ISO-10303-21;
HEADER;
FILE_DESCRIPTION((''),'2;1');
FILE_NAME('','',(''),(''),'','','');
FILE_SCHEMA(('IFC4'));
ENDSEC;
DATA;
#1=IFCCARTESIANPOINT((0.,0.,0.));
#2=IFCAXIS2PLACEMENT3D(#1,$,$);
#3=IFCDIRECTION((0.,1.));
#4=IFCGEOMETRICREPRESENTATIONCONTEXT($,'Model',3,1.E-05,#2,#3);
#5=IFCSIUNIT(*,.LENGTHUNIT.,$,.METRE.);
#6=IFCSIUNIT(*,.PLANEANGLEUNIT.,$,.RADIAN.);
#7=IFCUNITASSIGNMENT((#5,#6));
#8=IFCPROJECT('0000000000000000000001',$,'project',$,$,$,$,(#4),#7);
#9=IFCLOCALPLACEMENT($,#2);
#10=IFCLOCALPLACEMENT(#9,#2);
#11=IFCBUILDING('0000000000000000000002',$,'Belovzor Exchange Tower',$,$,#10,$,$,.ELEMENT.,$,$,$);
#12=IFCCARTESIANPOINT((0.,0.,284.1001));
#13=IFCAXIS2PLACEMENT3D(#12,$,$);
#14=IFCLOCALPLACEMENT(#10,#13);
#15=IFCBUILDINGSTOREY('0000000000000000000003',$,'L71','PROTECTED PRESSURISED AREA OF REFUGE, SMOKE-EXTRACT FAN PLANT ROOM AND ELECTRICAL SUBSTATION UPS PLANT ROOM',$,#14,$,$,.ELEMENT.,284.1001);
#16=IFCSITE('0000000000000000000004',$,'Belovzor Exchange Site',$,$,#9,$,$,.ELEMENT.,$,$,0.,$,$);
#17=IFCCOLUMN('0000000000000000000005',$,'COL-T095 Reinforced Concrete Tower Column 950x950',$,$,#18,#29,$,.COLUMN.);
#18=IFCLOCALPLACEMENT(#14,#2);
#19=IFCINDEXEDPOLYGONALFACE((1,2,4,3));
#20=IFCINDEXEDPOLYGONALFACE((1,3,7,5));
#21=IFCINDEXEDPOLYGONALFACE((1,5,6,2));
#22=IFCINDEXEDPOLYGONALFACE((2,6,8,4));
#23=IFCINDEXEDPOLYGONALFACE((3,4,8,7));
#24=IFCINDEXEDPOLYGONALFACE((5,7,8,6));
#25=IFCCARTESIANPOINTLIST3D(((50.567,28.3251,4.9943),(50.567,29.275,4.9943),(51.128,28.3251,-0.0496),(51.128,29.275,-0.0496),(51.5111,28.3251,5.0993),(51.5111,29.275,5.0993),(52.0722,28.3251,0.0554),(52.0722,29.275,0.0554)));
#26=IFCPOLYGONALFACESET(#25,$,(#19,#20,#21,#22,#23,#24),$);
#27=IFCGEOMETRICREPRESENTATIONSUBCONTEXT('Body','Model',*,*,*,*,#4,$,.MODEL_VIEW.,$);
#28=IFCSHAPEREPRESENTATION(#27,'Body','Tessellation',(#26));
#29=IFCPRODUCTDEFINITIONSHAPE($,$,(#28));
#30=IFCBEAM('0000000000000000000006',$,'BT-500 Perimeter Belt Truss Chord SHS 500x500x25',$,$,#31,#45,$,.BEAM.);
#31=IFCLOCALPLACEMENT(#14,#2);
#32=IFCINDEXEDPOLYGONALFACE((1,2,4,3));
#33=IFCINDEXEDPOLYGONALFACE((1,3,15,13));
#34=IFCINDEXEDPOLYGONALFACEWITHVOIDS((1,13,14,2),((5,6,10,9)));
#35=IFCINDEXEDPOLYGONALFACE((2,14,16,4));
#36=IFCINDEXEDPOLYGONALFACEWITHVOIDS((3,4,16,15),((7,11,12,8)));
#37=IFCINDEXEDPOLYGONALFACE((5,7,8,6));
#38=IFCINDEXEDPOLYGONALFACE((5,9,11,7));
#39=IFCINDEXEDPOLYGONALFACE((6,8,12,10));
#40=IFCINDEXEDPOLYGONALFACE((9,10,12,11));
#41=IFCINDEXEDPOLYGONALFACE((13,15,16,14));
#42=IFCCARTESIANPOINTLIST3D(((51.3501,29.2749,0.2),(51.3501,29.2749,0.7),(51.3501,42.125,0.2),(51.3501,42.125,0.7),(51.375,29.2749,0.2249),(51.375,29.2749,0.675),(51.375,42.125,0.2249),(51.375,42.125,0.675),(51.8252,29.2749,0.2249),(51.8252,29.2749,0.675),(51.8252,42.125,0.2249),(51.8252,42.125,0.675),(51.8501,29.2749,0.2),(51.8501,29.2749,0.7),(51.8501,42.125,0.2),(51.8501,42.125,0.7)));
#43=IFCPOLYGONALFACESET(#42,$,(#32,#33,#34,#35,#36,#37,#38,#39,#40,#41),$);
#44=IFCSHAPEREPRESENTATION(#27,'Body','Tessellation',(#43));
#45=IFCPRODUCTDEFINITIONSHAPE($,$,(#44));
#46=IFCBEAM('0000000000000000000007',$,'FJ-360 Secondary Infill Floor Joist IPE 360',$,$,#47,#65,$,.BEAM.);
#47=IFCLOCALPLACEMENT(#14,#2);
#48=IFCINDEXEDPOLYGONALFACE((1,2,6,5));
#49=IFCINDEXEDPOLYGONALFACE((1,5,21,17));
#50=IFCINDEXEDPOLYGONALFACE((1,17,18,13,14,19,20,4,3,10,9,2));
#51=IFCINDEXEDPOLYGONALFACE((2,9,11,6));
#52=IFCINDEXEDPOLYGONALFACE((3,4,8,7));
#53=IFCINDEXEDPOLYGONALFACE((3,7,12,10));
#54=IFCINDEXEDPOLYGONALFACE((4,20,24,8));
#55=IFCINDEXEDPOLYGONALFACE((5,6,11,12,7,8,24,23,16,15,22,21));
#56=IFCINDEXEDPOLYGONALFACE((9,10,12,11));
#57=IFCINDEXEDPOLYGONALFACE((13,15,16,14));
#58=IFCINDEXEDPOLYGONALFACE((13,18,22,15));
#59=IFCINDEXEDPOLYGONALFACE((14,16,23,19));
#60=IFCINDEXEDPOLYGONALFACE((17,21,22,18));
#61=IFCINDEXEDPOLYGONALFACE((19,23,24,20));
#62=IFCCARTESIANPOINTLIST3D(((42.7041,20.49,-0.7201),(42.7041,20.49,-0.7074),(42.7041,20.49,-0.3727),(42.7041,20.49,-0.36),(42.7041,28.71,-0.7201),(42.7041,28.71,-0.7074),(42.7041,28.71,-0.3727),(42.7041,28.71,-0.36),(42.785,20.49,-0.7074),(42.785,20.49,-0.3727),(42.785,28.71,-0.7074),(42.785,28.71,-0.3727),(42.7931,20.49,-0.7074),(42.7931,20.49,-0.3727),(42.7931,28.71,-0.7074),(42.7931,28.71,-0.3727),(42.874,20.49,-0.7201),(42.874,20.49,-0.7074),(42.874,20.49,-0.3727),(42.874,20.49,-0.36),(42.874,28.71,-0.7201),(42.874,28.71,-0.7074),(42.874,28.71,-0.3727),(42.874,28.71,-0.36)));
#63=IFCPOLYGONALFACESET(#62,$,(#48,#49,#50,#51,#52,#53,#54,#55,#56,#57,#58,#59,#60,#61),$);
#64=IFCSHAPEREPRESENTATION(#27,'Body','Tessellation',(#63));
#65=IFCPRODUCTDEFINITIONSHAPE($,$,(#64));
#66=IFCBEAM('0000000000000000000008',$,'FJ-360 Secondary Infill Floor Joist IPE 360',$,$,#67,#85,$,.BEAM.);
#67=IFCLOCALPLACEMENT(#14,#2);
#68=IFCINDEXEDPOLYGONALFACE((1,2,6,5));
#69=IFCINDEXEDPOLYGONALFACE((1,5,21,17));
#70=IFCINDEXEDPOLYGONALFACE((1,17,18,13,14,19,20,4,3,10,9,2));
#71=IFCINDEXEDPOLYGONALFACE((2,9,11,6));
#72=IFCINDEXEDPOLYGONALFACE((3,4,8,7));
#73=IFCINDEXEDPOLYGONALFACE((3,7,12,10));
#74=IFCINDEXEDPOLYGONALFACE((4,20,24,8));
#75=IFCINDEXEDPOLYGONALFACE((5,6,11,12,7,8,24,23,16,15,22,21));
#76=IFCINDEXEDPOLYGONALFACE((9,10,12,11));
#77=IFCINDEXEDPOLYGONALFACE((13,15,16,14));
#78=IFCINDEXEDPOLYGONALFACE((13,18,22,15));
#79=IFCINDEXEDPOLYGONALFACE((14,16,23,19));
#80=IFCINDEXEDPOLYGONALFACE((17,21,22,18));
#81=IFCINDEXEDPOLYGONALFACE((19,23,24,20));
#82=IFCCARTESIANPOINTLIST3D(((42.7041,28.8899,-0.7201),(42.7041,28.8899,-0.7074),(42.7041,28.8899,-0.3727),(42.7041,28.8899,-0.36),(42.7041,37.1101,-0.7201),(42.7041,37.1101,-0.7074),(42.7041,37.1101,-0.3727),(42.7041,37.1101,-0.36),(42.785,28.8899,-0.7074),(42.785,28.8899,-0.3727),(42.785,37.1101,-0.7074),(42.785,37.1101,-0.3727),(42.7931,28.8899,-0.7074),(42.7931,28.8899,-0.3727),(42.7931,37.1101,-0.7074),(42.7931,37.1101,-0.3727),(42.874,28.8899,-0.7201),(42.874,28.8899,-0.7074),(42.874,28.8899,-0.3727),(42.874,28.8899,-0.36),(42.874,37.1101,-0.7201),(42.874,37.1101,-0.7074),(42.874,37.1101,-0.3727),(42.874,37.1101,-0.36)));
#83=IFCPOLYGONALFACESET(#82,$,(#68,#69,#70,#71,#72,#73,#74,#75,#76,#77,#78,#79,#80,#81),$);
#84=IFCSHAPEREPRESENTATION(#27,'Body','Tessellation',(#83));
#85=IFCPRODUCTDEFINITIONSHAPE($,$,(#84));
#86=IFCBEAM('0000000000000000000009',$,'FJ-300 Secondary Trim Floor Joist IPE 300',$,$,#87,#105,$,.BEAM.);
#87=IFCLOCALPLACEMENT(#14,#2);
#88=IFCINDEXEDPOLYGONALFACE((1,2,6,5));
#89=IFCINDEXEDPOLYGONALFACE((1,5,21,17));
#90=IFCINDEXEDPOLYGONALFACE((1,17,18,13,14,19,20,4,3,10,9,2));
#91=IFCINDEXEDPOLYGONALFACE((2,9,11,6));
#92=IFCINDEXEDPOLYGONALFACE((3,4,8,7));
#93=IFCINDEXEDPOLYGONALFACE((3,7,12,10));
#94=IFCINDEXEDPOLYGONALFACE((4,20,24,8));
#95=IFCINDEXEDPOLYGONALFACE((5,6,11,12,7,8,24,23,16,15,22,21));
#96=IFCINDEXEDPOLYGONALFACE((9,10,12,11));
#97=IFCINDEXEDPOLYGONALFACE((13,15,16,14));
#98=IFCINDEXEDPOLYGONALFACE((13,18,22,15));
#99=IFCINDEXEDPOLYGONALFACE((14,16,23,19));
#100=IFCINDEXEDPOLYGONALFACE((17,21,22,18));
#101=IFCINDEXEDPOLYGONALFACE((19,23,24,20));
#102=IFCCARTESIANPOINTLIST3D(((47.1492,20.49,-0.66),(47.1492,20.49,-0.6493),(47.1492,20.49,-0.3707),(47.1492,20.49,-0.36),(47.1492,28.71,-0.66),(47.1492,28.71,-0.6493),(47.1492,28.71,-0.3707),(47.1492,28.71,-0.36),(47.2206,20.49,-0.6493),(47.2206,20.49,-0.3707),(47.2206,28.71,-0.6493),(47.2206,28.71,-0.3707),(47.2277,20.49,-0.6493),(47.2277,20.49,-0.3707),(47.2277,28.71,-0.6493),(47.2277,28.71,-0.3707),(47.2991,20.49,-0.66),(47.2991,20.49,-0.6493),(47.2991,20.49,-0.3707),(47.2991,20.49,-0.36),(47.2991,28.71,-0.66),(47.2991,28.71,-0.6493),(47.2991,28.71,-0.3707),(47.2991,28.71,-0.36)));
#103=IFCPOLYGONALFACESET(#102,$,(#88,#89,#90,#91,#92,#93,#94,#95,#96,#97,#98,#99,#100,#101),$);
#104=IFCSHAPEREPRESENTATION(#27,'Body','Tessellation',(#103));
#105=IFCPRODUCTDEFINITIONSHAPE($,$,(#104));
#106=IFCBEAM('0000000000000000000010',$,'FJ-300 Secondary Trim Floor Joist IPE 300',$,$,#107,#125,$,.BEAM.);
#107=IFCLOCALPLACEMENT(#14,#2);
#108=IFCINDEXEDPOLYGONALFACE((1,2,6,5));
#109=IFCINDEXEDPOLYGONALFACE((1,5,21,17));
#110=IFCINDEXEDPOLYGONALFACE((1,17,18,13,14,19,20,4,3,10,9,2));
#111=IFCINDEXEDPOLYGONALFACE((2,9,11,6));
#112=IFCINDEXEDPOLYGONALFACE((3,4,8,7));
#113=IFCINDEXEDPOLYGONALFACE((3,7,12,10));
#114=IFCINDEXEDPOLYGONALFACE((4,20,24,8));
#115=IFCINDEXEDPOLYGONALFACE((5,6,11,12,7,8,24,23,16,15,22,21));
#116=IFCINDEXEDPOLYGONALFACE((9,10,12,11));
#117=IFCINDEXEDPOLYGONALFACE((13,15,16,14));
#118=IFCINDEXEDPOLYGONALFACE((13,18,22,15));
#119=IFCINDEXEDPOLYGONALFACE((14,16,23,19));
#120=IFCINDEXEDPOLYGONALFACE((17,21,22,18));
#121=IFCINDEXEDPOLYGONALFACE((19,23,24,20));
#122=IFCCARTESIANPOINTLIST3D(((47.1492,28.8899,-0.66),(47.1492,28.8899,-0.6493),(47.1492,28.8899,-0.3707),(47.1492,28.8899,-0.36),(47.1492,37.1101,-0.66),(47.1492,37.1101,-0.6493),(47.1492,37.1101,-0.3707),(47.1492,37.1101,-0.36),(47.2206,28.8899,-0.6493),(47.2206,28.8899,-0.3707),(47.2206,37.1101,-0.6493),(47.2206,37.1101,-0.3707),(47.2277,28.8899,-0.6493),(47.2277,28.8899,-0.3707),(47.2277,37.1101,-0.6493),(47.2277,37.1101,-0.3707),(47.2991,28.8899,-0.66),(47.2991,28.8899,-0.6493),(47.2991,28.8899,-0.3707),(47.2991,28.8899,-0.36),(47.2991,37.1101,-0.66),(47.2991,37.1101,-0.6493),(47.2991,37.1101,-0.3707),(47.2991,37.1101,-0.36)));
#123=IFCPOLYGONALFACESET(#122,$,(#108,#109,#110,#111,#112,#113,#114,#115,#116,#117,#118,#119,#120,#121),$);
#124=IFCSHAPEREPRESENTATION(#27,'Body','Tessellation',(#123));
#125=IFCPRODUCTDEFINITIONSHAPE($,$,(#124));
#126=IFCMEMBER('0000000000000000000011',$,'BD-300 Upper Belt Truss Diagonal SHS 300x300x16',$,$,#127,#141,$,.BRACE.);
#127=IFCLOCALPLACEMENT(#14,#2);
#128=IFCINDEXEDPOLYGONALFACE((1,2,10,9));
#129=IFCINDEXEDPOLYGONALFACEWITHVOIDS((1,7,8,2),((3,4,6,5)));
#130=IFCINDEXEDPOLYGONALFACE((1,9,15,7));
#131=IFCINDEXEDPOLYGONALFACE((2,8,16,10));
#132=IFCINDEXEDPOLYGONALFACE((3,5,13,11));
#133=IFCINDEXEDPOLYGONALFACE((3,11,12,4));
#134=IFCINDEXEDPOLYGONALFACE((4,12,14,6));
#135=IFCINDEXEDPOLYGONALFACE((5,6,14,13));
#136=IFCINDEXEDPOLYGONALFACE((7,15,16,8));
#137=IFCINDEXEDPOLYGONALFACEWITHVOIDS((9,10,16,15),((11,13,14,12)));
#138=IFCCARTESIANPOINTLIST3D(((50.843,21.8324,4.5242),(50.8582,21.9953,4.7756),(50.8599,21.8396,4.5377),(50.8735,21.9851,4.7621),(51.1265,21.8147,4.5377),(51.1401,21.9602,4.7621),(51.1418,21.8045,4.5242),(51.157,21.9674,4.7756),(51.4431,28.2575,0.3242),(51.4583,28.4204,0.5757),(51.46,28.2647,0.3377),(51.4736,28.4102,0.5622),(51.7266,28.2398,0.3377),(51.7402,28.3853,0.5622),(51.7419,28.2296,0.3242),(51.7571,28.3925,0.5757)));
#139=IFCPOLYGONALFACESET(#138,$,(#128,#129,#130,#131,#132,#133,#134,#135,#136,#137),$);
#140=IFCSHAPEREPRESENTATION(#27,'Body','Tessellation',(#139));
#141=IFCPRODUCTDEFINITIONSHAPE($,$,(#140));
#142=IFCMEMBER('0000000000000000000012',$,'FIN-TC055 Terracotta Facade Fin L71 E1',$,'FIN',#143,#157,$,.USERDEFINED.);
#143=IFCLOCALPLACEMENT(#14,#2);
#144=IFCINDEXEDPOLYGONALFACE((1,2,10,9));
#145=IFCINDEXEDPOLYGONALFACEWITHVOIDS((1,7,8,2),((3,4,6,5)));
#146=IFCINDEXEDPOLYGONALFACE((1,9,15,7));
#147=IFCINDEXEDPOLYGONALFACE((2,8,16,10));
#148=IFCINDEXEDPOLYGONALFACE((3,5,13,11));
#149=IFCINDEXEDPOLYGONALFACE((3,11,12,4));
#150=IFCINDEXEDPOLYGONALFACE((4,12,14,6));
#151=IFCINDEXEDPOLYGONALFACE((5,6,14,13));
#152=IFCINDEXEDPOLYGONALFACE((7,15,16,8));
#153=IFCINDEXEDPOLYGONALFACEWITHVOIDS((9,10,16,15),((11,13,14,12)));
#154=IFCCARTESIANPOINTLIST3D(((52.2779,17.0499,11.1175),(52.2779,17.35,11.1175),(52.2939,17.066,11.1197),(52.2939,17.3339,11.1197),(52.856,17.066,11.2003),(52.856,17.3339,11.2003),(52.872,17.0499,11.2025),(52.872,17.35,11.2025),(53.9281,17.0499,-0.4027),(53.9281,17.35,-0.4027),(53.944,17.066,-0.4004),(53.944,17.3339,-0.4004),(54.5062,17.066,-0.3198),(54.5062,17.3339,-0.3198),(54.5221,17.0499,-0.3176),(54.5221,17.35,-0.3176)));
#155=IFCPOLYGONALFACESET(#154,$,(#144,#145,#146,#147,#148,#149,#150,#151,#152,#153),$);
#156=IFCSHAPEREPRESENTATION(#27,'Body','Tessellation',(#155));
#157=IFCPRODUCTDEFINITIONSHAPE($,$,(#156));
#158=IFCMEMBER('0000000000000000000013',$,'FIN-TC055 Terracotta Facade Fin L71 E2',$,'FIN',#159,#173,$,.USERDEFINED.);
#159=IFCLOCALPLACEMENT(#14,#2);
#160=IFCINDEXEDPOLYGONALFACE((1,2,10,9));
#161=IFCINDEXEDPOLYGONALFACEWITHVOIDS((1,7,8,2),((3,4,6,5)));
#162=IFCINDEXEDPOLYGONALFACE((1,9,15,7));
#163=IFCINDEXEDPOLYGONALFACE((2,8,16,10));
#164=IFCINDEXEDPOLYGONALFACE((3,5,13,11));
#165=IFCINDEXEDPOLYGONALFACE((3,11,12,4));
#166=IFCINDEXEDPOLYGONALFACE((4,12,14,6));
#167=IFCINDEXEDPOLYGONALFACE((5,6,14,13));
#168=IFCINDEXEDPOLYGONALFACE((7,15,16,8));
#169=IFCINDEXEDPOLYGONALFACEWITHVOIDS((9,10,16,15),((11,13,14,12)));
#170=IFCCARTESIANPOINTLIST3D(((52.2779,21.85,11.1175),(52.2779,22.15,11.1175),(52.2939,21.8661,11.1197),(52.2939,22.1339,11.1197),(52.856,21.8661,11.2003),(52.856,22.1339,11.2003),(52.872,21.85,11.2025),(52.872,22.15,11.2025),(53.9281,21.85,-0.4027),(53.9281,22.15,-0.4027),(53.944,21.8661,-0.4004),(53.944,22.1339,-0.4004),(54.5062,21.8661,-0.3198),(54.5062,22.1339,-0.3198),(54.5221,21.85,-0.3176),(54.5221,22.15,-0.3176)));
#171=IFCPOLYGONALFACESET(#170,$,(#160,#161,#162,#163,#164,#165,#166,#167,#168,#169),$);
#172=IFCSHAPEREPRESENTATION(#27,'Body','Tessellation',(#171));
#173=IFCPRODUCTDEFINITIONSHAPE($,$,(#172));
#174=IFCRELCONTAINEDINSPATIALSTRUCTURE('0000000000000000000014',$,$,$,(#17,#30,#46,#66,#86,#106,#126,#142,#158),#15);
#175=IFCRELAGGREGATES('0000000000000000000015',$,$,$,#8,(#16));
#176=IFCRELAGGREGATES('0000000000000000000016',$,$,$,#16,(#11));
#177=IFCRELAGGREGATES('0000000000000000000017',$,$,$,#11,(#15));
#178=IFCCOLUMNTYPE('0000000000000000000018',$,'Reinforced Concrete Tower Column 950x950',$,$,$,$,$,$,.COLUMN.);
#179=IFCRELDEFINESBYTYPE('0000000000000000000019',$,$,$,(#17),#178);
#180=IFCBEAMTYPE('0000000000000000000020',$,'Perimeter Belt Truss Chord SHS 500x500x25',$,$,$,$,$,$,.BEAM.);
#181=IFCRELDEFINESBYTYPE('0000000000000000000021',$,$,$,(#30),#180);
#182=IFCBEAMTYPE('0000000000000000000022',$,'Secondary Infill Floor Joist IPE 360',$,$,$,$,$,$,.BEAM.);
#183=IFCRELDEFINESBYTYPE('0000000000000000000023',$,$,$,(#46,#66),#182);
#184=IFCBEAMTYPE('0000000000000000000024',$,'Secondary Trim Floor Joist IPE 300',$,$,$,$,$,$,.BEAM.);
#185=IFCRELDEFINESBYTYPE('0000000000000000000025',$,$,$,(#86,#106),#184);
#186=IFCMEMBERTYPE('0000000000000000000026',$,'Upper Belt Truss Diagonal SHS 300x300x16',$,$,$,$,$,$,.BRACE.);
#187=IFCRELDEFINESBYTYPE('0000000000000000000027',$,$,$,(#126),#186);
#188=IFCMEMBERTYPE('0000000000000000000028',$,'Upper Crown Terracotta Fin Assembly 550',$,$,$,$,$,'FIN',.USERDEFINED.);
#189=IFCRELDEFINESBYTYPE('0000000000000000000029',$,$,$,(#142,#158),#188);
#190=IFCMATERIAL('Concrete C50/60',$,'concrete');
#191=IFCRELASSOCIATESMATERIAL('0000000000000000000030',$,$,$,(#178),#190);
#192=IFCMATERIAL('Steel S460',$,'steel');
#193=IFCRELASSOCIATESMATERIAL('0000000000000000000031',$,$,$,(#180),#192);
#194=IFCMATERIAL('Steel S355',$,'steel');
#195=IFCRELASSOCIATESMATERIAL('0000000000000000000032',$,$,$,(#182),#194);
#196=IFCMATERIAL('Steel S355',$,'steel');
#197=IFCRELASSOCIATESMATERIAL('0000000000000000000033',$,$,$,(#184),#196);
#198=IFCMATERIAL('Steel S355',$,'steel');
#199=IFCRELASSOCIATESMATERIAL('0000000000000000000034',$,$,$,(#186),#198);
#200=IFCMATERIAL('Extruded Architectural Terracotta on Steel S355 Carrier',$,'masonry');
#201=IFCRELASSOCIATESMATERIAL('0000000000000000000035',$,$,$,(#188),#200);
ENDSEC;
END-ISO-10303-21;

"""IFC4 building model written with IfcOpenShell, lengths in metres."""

from ifc_helpers import new_model, si_unit, direction, frame, origin, origin_2d, place, context, subcontext, project, spatial, rectangle, hollow_rectangle, i_section, extrude, material, material_profile, profile_set, type_object, element, save


model = new_model("IFC4")

# Units and contexts
model_context = context("Model", 3, precision=1e-05, world=origin(), true_north=direction((0.0, 1.0)))
body_context = subcontext(model_context, "Body", "Model", "MODEL_VIEW")
ifc_project = project(units=[si_unit("LENGTHUNIT", "METRE"), si_unit("PLANEANGLEUNIT", "RADIAN")], contexts=[model_context])

# Site, building, storey
site_placement = place(None, origin())
site = spatial("IfcSite", under=ifc_project, at=site_placement, Name="Belovzor Exchange Site", CompositionType="ELEMENT", RefElevation=0.0)
building_placement = place(site_placement, origin())
building = spatial("IfcBuilding", under=site, at=building_placement, Name="Belovzor Exchange Tower", CompositionType="ELEMENT")
storey_placement = place(building_placement, frame((0.0, 0.0, 284.1001)))
storey = spatial("IfcBuildingStorey", under=building, at=storey_placement, Name="L71", Description="PROTECTED PRESSURISED AREA OF REFUGE, SMOKE-EXTRACT FAN PLANT ROOM AND ELECTRICAL SUBSTATION UPS PLANT ROOM", CompositionType="ELEMENT", Elevation=284.1001)

# Column
ifc_material_1 = material(Name="Concrete C50/60", Category="concrete")
ifc_material_profile_1 = material_profile(ifc_material_1, rectangle(XDim=0.95, YDim=0.95, at=origin_2d()))
ifc_profile_set_1 = profile_set([ifc_material_profile_1], Name="Concrete C50/60")
column_type = type_object("IfcColumnType", Name="Reinforced Concrete Tower Column 950x950", PredefinedType="COLUMN", material=ifc_profile_set_1)
column_placement = place(storey_placement, frame((51.6001, 28.8, 0.0029), z_axis=(-0.110548, 0.0, 0.993871), x_axis=(0.0, -1.0, 0.0)))
element("IfcColumn", 1, at=column_placement, inside=storey, type_object=column_type, Name="COL-T095 Reinforced Concrete Tower Column 950x950", PredefinedType="COLUMN", context=body_context, shape_type="SweptSolid", body=[
    extrude(rectangle(XDim=0.95, YDim=0.95, at=origin_2d()), origin(), (0.0, 0.0, 1.0), 5.075),
])

# Beams
ifc_material_2 = material(Name="Steel S460", Category="steel")
ifc_material_profile_2 = material_profile(ifc_material_2, hollow_rectangle(XDim=0.5, YDim=0.5, WallThickness=0.0249, at=origin_2d()))
ifc_profile_set_2 = profile_set([ifc_material_profile_2], Name="Steel S460")
beam_type_1 = type_object("IfcBeamType", Name="Perimeter Belt Truss Chord SHS 500x500x25", PredefinedType="BEAM", material=ifc_profile_set_2)
beam_1_placement = place(storey_placement, frame((51.6001, 29.2749, 0.45), z_axis=(0.0, 1.0, 0.0), x_axis=(-1.0, 0.0, 0.0)))
element("IfcBeam", 2, at=beam_1_placement, inside=storey, type_object=beam_type_1, Name="BT-500 Perimeter Belt Truss Chord SHS 500x500x25", PredefinedType="BEAM", context=body_context, shape_type="SweptSolid", body=[
    extrude(hollow_rectangle(XDim=0.5, YDim=0.5, WallThickness=0.0249, at=origin_2d()), origin(), (0.0, 0.0, 1.0), 12.8501),
])
ifc_material_3 = material(Name="Steel S355", Category="steel")
ifc_material_profile_3 = material_profile(ifc_material_3, i_section(OverallWidth=0.1699, OverallDepth=0.3601, WebThickness=0.0081, FlangeThickness=0.0127, at=origin_2d()))
ifc_profile_set_3 = profile_set([ifc_material_profile_3], Name="Steel S355")
beam_type_2 = type_object("IfcBeamType", Name="Secondary Infill Floor Joist IPE 360", PredefinedType="BEAM", material=ifc_profile_set_3)
beam_2_placement = place(storey_placement, frame((42.7891, 20.49, -0.54), z_axis=(0.0, 1.0, 0.0), x_axis=(-1.0, 0.0, 0.0)))
element("IfcBeam", 3, at=beam_2_placement, inside=storey, type_object=beam_type_2, Name="FJ-360 Secondary Infill Floor Joist IPE 360", PredefinedType="BEAM", context=body_context, shape_type="SweptSolid", body=[
    extrude(i_section(OverallWidth=0.1699, OverallDepth=0.3601, WebThickness=0.0081, FlangeThickness=0.0127, at=origin_2d()), origin(), (0.0, 0.0, 1.0), 8.22),
])
beam_3_placement = place(storey_placement, frame((42.7891, 28.8899, -0.54), z_axis=(0.0, 1.0, 0.0), x_axis=(-1.0, 0.0, 0.0)))
element("IfcBeam", 4, at=beam_3_placement, inside=storey, type_object=beam_type_2, Name="FJ-360 Secondary Infill Floor Joist IPE 360", PredefinedType="BEAM", context=body_context, shape_type="SweptSolid", body=[
    extrude(i_section(OverallWidth=0.1699, OverallDepth=0.3601, WebThickness=0.0081, FlangeThickness=0.0127, at=origin_2d()), origin(), (0.0, 0.0, 1.0), 8.2202),
])
ifc_material_4 = material(Name="Steel S355", Category="steel")
ifc_material_profile_4 = material_profile(ifc_material_4, i_section(OverallWidth=0.1499, OverallDepth=0.3, WebThickness=0.0071, FlangeThickness=0.0107, at=origin_2d()))
ifc_profile_set_4 = profile_set([ifc_material_profile_4], Name="Steel S355")
beam_type_3 = type_object("IfcBeamType", Name="Secondary Trim Floor Joist IPE 300", PredefinedType="BEAM", material=ifc_profile_set_4)
beam_4_placement = place(storey_placement, frame((47.2241, 20.49, -0.51), z_axis=(0.0, 1.0, 0.0), x_axis=(-1.0, 0.0, 0.0)))
element("IfcBeam", 5, at=beam_4_placement, inside=storey, type_object=beam_type_3, Name="FJ-300 Secondary Trim Floor Joist IPE 300", PredefinedType="BEAM", context=body_context, shape_type="SweptSolid", body=[
    extrude(i_section(OverallWidth=0.1499, OverallDepth=0.3, WebThickness=0.0071, FlangeThickness=0.0107, at=origin_2d()), origin(), (0.0, 0.0, 1.0), 8.22),
])
beam_5_placement = place(storey_placement, frame((47.2241, 28.8899, -0.51), z_axis=(0.0, 1.0, 0.0), x_axis=(-1.0, 0.0, 0.0)))
element("IfcBeam", 6, at=beam_5_placement, inside=storey, type_object=beam_type_3, Name="FJ-300 Secondary Trim Floor Joist IPE 300", PredefinedType="BEAM", context=body_context, shape_type="SweptSolid", body=[
    extrude(i_section(OverallWidth=0.1499, OverallDepth=0.3, WebThickness=0.0071, FlangeThickness=0.0107, at=origin_2d()), origin(), (0.0, 0.0, 1.0), 8.2202),
])

# Members
ifc_material_5 = material(Name="Steel S355", Category="steel")
ifc_material_profile_5 = material_profile(ifc_material_5, hollow_rectangle(XDim=0.3, YDim=0.3, WallThickness=0.0161, at=origin_2d()))
ifc_profile_set_5 = profile_set([ifc_material_profile_5], Name="Steel S355")
member_type_1 = type_object("IfcMemberType", Name="Upper Belt Truss Diagonal SHS 300x300x16", PredefinedType="BRACE", material=ifc_profile_set_5)
member_placement = place(storey_placement, frame((51.0, 21.8999, 4.6499), z_axis=(0.077941, 0.834486, -0.54549), x_axis=(-0.995667, 0.092995, 0.0)))
element("IfcMember", 7, at=member_placement, inside=storey, type_object=member_type_1, Name="BD-300 Upper Belt Truss Diagonal SHS 300x300x16", PredefinedType="BRACE", context=body_context, shape_type="SweptSolid", body=[
    extrude(hollow_rectangle(XDim=0.3, YDim=0.3, WallThickness=0.0161, at=origin_2d()), origin(), (0.0, 0.0, 1.0), 7.6995),
])
ifc_material_6 = material(Name="Extruded Architectural Terracotta on Steel S355 Carrier", Category="masonry")
ifc_material_profile_6 = material_profile(ifc_material_6, hollow_rectangle(XDim=0.3, YDim=0.6001, WallThickness=0.0161, at=origin_2d()))
ifc_profile_set_6 = profile_set([ifc_material_profile_6], Name="Extruded Architectural Terracotta on Steel S355 Carrier")
member_type_2 = type_object("IfcMemberType", Name="Upper Crown Terracotta Fin Assembly 550", ElementType="FIN", PredefinedType="USERDEFINED", material=ifc_profile_set_6)
for number, where, z_axis, x_axis, name in (
    (8, (54.2251, 17.2, -0.3601), (-0.141794, 0.0, 0.989896), (0.0, -1.0, 0.0), "FIN-TC055 Terracotta Facade Fin L71 E1"),
    (9, (54.2251, 22.0, -0.3601), (-0.141794, 0.0, 0.989896), (0.0, -1.0, 0.0), "FIN-TC055 Terracotta Facade Fin L71 E2"),
):
    element("IfcMember", number, at=place(storey_placement, frame(where, z_axis=z_axis, x_axis=x_axis)), inside=storey, type_object=member_type_2, Name=name, ObjectType="FIN", PredefinedType="USERDEFINED", context=body_context, shape_type="SweptSolid", body=[
        extrude(hollow_rectangle(XDim=0.3, YDim=0.6001, WallThickness=0.0161, at=origin_2d()), origin(), (0.0, 0.0, 1.0), 11.6377),
    ])

save(model, "model.ifc")
